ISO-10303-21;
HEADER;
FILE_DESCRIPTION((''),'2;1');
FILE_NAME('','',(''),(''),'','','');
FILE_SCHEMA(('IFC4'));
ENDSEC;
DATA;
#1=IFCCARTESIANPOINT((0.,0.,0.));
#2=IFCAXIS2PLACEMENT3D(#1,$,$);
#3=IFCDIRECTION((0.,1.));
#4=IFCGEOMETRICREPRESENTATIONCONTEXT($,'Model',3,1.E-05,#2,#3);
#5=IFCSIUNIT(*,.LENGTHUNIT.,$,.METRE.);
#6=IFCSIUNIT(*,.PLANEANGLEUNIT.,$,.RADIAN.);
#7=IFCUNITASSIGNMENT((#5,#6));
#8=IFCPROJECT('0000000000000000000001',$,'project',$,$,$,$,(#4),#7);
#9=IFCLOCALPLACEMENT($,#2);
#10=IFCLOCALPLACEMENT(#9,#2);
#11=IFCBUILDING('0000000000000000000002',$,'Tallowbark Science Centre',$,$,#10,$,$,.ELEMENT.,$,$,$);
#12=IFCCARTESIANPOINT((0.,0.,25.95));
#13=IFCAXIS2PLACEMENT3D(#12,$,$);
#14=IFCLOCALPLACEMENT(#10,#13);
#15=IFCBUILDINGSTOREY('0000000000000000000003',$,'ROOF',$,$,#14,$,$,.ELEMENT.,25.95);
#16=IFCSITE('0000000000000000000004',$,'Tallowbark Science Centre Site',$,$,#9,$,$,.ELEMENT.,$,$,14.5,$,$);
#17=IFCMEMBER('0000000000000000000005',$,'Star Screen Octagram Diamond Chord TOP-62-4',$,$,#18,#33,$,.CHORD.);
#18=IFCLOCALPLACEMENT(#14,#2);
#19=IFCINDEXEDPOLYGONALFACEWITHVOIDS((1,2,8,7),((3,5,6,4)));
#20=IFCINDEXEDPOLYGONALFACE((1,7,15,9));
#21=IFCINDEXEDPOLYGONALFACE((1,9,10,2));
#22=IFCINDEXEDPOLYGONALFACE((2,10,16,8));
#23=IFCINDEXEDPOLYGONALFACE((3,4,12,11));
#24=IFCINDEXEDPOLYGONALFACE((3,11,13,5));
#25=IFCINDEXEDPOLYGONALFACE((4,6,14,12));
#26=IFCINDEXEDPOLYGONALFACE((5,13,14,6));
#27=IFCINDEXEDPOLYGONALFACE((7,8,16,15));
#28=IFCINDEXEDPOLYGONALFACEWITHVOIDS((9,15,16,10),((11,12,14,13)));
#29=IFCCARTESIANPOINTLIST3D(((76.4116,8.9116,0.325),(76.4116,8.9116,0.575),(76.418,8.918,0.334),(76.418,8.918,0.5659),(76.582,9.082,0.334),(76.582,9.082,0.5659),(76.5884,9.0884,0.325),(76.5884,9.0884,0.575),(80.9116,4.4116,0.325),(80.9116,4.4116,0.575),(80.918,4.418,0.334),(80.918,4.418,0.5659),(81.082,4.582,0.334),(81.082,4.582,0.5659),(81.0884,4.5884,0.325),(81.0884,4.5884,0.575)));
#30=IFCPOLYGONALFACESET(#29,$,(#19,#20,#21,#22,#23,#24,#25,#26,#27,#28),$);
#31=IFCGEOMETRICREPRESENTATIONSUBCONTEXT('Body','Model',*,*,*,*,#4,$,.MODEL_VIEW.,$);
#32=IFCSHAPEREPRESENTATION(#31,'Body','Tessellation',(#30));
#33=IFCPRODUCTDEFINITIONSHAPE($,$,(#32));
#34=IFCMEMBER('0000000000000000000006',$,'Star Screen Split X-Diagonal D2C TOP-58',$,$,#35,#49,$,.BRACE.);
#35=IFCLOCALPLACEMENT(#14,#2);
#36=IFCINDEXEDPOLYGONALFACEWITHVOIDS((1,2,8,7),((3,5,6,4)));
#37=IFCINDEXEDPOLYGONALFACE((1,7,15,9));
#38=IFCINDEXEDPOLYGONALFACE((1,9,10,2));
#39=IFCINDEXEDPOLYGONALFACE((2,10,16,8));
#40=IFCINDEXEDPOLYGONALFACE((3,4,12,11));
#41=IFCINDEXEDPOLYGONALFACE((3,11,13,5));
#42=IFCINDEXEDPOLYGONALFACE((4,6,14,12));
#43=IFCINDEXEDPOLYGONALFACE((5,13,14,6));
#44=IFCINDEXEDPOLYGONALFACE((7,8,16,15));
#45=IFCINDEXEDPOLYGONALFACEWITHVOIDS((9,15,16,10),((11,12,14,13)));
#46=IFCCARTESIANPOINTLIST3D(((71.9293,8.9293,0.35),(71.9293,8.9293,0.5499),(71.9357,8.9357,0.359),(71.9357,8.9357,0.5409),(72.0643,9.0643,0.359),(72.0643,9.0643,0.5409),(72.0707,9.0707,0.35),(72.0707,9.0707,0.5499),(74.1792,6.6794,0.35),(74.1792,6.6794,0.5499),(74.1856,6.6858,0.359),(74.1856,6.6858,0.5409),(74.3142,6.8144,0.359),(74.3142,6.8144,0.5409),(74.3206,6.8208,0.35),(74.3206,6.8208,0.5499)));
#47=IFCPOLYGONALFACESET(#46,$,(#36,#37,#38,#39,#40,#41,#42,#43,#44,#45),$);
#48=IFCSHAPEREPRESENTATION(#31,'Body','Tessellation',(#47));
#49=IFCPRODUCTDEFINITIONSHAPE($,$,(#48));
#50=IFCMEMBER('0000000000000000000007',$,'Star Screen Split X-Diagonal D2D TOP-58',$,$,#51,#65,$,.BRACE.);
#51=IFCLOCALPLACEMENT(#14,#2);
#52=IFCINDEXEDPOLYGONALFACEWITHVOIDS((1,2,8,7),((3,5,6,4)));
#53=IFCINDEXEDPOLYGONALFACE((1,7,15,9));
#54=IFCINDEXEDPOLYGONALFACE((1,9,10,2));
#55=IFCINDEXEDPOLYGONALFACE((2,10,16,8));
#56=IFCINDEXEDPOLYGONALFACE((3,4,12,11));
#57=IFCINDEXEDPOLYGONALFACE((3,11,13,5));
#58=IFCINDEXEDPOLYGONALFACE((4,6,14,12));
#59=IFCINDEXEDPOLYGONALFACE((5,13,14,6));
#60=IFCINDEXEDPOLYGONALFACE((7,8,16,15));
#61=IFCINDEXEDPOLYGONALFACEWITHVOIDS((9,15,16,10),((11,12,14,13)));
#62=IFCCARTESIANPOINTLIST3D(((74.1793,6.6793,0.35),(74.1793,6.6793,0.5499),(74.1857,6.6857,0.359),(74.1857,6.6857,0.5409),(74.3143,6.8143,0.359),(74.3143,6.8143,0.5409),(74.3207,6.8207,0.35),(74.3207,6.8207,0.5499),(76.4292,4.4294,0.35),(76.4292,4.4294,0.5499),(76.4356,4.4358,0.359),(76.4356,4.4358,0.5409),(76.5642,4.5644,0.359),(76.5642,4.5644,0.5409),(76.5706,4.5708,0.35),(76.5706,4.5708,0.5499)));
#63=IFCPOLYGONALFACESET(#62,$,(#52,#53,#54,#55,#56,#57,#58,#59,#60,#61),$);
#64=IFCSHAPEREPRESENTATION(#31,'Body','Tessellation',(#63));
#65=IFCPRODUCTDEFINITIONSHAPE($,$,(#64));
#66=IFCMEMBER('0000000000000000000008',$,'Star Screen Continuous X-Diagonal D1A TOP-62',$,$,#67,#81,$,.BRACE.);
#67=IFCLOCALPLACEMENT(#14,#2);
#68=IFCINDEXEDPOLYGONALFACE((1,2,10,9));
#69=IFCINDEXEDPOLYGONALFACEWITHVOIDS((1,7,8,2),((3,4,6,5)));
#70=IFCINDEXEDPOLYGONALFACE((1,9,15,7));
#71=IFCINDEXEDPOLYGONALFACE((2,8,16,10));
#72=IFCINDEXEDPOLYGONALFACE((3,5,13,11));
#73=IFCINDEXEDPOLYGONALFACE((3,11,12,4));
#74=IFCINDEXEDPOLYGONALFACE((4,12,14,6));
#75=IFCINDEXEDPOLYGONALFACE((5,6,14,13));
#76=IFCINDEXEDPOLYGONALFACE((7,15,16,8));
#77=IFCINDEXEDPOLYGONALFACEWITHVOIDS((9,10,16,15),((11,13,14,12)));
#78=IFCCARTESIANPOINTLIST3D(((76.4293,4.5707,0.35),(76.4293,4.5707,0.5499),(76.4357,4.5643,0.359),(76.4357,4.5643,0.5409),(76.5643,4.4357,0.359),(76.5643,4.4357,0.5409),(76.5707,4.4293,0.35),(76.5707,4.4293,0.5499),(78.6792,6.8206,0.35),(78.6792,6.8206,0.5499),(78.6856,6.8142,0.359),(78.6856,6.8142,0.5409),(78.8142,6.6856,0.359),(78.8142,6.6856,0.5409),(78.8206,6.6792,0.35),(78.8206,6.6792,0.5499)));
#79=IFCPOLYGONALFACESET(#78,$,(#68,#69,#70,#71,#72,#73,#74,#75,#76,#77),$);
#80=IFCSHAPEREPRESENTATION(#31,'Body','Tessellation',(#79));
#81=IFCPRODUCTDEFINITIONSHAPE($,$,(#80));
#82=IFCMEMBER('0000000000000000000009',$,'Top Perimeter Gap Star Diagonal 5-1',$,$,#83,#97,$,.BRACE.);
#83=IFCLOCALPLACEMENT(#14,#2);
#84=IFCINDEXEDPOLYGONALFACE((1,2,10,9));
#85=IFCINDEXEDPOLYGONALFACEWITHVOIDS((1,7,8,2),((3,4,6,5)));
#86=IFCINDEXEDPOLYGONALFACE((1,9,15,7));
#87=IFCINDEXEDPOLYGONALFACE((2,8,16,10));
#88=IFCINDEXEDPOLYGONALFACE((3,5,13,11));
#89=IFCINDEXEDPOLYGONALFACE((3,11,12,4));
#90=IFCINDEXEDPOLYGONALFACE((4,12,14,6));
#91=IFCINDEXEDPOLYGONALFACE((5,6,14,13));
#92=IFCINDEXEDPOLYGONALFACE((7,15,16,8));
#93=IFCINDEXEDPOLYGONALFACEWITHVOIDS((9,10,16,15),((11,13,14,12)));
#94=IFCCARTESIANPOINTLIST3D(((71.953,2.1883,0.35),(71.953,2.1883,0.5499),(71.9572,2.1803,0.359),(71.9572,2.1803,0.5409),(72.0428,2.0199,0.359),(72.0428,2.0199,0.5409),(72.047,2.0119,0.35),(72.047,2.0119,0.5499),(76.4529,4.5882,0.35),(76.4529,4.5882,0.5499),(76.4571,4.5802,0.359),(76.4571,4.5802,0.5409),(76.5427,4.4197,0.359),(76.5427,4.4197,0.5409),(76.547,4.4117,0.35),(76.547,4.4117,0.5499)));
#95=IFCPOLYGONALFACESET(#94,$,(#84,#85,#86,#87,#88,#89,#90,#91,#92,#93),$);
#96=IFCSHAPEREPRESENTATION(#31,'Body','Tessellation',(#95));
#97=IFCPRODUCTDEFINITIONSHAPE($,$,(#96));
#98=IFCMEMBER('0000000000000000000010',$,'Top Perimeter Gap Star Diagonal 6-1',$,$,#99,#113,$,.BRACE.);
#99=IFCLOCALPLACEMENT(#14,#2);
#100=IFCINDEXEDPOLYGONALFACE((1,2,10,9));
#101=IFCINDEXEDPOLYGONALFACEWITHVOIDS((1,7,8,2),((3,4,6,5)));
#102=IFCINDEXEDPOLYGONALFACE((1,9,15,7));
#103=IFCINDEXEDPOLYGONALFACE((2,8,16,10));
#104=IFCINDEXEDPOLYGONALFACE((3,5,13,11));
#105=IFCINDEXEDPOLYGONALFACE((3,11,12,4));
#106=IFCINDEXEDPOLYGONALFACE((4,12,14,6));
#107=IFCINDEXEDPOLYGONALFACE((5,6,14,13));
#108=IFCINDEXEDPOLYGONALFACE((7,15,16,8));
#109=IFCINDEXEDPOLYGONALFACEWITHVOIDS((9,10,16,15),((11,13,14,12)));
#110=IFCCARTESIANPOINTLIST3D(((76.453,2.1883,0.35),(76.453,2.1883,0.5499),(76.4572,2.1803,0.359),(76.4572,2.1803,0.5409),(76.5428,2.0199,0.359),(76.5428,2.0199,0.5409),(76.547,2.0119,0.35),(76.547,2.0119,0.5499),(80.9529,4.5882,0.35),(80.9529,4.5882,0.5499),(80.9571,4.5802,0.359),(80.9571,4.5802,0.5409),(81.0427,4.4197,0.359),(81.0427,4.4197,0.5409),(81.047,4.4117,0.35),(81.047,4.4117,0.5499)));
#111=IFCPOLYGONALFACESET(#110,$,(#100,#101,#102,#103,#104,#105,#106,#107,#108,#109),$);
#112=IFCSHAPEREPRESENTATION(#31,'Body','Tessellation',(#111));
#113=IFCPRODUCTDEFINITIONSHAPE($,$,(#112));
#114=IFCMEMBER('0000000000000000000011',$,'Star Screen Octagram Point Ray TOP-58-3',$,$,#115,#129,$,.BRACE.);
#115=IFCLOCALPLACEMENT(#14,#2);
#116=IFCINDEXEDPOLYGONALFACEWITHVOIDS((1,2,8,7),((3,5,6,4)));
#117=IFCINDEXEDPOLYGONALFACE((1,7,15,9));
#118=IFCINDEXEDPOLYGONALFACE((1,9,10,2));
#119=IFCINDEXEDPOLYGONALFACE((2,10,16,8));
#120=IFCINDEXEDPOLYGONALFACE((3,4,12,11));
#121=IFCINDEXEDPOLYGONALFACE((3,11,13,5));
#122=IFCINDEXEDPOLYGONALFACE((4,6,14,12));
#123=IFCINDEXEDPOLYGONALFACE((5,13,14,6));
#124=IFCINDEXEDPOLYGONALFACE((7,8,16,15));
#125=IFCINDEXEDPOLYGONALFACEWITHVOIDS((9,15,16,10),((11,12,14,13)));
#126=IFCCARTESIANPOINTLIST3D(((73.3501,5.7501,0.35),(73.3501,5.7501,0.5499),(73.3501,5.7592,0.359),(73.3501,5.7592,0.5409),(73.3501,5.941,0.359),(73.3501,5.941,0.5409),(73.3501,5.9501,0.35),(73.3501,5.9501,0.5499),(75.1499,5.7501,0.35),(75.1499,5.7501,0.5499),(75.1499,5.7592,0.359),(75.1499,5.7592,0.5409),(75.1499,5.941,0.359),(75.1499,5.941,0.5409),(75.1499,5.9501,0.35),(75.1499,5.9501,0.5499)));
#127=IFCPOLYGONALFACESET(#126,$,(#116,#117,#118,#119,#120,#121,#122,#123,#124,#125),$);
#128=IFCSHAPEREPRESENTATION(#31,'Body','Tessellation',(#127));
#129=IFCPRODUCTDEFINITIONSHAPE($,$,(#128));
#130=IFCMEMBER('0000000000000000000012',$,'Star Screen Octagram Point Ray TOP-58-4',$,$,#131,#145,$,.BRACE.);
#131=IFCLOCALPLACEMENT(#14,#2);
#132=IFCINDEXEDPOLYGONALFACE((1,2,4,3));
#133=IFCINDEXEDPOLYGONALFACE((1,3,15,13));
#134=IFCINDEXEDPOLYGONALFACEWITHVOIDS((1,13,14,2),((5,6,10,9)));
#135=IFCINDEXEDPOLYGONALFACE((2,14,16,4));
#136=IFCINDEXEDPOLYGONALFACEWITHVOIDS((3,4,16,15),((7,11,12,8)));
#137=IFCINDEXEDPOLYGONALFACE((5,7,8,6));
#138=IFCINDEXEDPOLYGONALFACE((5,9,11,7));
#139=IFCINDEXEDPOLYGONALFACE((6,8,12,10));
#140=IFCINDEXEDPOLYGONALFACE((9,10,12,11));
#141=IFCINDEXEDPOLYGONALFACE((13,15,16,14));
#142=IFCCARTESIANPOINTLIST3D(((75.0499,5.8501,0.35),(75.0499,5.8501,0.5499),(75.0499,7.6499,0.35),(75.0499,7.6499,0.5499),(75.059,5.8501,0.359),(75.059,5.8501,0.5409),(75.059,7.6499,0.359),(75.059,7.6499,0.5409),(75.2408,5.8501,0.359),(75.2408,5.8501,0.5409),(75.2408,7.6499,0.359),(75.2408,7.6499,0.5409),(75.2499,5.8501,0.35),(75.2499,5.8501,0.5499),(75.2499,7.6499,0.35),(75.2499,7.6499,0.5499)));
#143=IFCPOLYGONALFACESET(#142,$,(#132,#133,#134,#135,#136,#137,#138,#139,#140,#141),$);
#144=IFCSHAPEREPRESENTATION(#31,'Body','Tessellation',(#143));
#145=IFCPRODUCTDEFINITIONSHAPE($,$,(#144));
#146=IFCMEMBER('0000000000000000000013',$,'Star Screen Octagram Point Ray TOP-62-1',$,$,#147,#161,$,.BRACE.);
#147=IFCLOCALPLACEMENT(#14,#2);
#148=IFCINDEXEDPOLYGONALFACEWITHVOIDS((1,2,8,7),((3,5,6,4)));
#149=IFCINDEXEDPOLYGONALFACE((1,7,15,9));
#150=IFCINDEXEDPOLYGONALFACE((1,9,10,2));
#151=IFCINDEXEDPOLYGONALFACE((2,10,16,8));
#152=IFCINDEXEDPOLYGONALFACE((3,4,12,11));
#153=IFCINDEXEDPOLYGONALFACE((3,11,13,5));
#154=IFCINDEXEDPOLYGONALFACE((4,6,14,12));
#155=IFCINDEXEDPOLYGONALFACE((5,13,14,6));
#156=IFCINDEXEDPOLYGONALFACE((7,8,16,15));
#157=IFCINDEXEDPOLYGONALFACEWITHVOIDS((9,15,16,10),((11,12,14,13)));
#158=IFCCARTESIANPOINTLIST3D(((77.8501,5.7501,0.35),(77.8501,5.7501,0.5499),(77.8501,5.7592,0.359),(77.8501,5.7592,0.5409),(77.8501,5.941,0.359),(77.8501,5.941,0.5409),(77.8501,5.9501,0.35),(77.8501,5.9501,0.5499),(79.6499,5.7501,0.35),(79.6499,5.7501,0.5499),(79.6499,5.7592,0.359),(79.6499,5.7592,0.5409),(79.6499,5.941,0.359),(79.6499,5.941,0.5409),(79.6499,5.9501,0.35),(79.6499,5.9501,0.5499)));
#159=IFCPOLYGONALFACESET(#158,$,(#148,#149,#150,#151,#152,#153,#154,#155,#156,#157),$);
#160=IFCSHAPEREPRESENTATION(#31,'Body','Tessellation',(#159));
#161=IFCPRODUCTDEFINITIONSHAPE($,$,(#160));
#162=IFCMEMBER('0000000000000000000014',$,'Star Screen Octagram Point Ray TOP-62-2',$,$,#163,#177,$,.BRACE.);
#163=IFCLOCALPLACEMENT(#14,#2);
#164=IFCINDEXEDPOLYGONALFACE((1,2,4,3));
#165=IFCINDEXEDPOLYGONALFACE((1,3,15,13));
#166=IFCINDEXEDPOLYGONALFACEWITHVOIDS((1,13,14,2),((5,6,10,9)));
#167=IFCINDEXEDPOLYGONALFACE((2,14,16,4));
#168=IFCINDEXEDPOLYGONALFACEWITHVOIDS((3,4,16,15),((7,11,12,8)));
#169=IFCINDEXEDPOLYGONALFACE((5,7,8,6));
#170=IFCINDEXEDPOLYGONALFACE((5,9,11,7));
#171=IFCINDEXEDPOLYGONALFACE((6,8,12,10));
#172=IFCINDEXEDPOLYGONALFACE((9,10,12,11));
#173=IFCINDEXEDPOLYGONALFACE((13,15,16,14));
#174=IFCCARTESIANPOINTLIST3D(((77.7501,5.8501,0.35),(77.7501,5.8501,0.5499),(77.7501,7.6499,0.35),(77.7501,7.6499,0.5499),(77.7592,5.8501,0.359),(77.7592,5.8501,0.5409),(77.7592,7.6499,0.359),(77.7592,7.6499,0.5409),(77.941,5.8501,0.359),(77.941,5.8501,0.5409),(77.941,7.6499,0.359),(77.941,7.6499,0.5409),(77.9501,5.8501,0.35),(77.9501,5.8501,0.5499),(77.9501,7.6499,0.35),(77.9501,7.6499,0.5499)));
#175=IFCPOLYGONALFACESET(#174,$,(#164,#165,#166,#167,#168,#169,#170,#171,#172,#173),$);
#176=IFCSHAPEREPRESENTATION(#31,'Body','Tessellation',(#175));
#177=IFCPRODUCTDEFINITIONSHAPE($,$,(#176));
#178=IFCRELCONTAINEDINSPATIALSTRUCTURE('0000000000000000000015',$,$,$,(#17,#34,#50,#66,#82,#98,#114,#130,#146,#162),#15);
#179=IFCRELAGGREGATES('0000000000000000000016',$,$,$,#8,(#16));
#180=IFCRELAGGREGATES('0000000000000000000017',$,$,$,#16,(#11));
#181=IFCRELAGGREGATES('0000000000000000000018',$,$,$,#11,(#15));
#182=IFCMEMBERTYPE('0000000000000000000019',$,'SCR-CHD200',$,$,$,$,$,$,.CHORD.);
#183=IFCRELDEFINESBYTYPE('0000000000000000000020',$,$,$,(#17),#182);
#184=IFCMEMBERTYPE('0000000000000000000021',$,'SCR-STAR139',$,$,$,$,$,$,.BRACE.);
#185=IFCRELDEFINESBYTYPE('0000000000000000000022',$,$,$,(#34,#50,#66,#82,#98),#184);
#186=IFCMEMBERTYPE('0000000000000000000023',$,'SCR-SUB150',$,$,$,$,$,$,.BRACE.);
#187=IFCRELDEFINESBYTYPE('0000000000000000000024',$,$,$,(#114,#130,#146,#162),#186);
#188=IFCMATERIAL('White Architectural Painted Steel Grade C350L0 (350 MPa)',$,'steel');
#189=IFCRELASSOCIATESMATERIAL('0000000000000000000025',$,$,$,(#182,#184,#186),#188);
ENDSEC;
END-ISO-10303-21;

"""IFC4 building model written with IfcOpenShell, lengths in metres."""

from ifc_helpers import new_model, si_unit, direction, frame, origin, origin_2d, place, context, subcontext, project, spatial, hollow_rectangle, extrude, material, material_profile, profile_set, type_object, element, save


model = new_model("IFC4")

# Units and contexts
model_context = context("Model", 3, precision=1e-05, world=origin(), true_north=direction((0.0, 1.0)))
body_context = subcontext(model_context, "Body", "Model", "MODEL_VIEW")
ifc_project = project(units=[si_unit("LENGTHUNIT", "METRE"), si_unit("PLANEANGLEUNIT", "RADIAN")], contexts=[model_context])

# Site, building, storey
site_placement = place(None, origin())
site = spatial("IfcSite", under=ifc_project, at=site_placement, Name="Tallowbark Science Centre Site", CompositionType="ELEMENT", RefElevation=14.5)
building_placement = place(site_placement, origin())
building = spatial("IfcBuilding", under=site, at=building_placement, Name="Tallowbark Science Centre", CompositionType="ELEMENT")
storey_placement = place(building_placement, frame((0.0, 0.0, 25.95)))
storey = spatial("IfcBuildingStorey", under=building, at=storey_placement, Name="ROOF", CompositionType="ELEMENT", Elevation=25.95)

# Shared definitions
ifc_material_1 = material(Name="White Architectural Painted Steel Grade C350L0 (350 MPa)", Category="steel")

# Members
ifc_material_profile_1 = material_profile(ifc_material_1, hollow_rectangle(XDim=0.25, YDim=0.25, WallThickness=0.009, at=origin_2d()), Name="250x250x9.0SHS")
ifc_profile_set_1 = profile_set([ifc_material_profile_1], Name="White Architectural Painted Steel Grade C350L0 (350 MPa)")
member_type_1 = type_object("IfcMemberType", Name="SCR-CHD200", PredefinedType="CHORD", material=ifc_profile_set_1)
for number, where, z_axis, x_axis, name in (
    (1, (76.5, 9.0, 0.45), (0.707107, -0.707107, 0.0), (0.707107, 0.707107, 0.0), "Star Screen Octagram Diamond Chord TOP-62-4"),
):
    element("IfcMember", number, at=place(storey_placement, frame(where, z_axis=z_axis, x_axis=x_axis)), inside=storey, type_object=member_type_1, Name=name, PredefinedType="CHORD", context=body_context, shape_type="SweptSolid", body=[
        extrude(hollow_rectangle(XDim=0.25, YDim=0.25, WallThickness=0.009, at=origin_2d()), origin(), (0.0, 0.0, 1.0), 6.364),
    ])
ifc_material_profile_2 = material_profile(ifc_material_1, hollow_rectangle(XDim=0.2, YDim=0.2, WallThickness=0.009, at=origin_2d()), Name="200x200x9.0SHS")
ifc_profile_set_2 = profile_set([ifc_material_profile_2], Name="White Architectural Painted Steel Grade C350L0 (350 MPa)")
member_type_2 = type_object("IfcMemberType", Name="SCR-STAR139", PredefinedType="BRACE", material=ifc_profile_set_2)
for number, where, z_axis, x_axis, name in (
    (2, (72.0, 9.0, 0.45), (0.707107, -0.707107, 0.0), (0.707107, 0.707107, 0.0), "Star Screen Split X-Diagonal D2C TOP-58"),
    (3, (74.25, 6.75, 0.45), (0.707107, -0.707107, 0.0), (0.707107, 0.707107, 0.0), "Star Screen Split X-Diagonal D2D TOP-58"),
    (4, (76.5, 4.5, 0.45), (0.707107, 0.707107, 0.0), (-0.707107, 0.707107, 0.0), "Star Screen Continuous X-Diagonal D1A TOP-62"),
):
    element("IfcMember", number, at=place(storey_placement, frame(where, z_axis=z_axis, x_axis=x_axis)), inside=storey, type_object=member_type_2, Name=name, PredefinedType="BRACE", context=body_context, shape_type="SweptSolid", body=[
        extrude(hollow_rectangle(XDim=0.2, YDim=0.2, WallThickness=0.009, at=origin_2d()), origin(), (0.0, 0.0, 1.0), 3.1819),
    ])
for number, where, z_axis, x_axis, name in (
    (5, (72.0, 2.1001, 0.45), (0.882361, 0.470573, 0.0), (-0.470573, 0.882361, 0.0), "Top Perimeter Gap Star Diagonal 5-1"),
    (6, (76.5, 2.1001, 0.45), (0.882361, 0.470573, 0.0), (-0.470573, 0.882361, 0.0), "Top Perimeter Gap Star Diagonal 6-1"),
):
    element("IfcMember", number, at=place(storey_placement, frame(where, z_axis=z_axis, x_axis=x_axis)), inside=storey, type_object=member_type_2, Name=name, PredefinedType="BRACE", context=body_context, shape_type="SweptSolid", body=[
        extrude(hollow_rectangle(XDim=0.2, YDim=0.2, WallThickness=0.009, at=origin_2d()), origin(), (0.0, 0.0, 1.0), 5.0999),
    ])
ifc_material_profile_3 = material_profile(ifc_material_1, hollow_rectangle(XDim=0.2, YDim=0.2, WallThickness=0.009, at=origin_2d()), Name="200x200x9.0SHS")
ifc_profile_set_3 = profile_set([ifc_material_profile_3], Name="White Architectural Painted Steel Grade C350L0 (350 MPa)")
member_type_3 = type_object("IfcMemberType", Name="SCR-SUB150", PredefinedType="BRACE", material=ifc_profile_set_3)
for number, where, z_axis, x_axis, name in (
    (7, (75.1499, 5.8501, 0.45), (-1.0, 0.0, 0.0), (0.0, -1.0, 0.0), "Star Screen Octagram Point Ray TOP-58-3"),
    (8, (75.1499, 5.8501, 0.45), (0.0, 1.0, 0.0), (-1.0, 0.0, 0.0), "Star Screen Octagram Point Ray TOP-58-4"),
    (9, (77.8501, 5.8501, 0.45), (1.0, 0.0, 0.0), (0.0, 1.0, 0.0), "Star Screen Octagram Point Ray TOP-62-1"),
    (10, (77.8501, 5.8501, 0.45), (0.0, 1.0, 0.0), (-1.0, 0.0, 0.0), "Star Screen Octagram Point Ray TOP-62-2"),
):
    element("IfcMember", number, at=place(storey_placement, frame(where, z_axis=z_axis, x_axis=x_axis)), inside=storey, type_object=member_type_3, Name=name, PredefinedType="BRACE", context=body_context, shape_type="SweptSolid", body=[
        extrude(hollow_rectangle(XDim=0.2, YDim=0.2, WallThickness=0.009, at=origin_2d()), origin(), (0.0, 0.0, 1.0), 1.7998),
    ])

save(model, "model.ifc")
